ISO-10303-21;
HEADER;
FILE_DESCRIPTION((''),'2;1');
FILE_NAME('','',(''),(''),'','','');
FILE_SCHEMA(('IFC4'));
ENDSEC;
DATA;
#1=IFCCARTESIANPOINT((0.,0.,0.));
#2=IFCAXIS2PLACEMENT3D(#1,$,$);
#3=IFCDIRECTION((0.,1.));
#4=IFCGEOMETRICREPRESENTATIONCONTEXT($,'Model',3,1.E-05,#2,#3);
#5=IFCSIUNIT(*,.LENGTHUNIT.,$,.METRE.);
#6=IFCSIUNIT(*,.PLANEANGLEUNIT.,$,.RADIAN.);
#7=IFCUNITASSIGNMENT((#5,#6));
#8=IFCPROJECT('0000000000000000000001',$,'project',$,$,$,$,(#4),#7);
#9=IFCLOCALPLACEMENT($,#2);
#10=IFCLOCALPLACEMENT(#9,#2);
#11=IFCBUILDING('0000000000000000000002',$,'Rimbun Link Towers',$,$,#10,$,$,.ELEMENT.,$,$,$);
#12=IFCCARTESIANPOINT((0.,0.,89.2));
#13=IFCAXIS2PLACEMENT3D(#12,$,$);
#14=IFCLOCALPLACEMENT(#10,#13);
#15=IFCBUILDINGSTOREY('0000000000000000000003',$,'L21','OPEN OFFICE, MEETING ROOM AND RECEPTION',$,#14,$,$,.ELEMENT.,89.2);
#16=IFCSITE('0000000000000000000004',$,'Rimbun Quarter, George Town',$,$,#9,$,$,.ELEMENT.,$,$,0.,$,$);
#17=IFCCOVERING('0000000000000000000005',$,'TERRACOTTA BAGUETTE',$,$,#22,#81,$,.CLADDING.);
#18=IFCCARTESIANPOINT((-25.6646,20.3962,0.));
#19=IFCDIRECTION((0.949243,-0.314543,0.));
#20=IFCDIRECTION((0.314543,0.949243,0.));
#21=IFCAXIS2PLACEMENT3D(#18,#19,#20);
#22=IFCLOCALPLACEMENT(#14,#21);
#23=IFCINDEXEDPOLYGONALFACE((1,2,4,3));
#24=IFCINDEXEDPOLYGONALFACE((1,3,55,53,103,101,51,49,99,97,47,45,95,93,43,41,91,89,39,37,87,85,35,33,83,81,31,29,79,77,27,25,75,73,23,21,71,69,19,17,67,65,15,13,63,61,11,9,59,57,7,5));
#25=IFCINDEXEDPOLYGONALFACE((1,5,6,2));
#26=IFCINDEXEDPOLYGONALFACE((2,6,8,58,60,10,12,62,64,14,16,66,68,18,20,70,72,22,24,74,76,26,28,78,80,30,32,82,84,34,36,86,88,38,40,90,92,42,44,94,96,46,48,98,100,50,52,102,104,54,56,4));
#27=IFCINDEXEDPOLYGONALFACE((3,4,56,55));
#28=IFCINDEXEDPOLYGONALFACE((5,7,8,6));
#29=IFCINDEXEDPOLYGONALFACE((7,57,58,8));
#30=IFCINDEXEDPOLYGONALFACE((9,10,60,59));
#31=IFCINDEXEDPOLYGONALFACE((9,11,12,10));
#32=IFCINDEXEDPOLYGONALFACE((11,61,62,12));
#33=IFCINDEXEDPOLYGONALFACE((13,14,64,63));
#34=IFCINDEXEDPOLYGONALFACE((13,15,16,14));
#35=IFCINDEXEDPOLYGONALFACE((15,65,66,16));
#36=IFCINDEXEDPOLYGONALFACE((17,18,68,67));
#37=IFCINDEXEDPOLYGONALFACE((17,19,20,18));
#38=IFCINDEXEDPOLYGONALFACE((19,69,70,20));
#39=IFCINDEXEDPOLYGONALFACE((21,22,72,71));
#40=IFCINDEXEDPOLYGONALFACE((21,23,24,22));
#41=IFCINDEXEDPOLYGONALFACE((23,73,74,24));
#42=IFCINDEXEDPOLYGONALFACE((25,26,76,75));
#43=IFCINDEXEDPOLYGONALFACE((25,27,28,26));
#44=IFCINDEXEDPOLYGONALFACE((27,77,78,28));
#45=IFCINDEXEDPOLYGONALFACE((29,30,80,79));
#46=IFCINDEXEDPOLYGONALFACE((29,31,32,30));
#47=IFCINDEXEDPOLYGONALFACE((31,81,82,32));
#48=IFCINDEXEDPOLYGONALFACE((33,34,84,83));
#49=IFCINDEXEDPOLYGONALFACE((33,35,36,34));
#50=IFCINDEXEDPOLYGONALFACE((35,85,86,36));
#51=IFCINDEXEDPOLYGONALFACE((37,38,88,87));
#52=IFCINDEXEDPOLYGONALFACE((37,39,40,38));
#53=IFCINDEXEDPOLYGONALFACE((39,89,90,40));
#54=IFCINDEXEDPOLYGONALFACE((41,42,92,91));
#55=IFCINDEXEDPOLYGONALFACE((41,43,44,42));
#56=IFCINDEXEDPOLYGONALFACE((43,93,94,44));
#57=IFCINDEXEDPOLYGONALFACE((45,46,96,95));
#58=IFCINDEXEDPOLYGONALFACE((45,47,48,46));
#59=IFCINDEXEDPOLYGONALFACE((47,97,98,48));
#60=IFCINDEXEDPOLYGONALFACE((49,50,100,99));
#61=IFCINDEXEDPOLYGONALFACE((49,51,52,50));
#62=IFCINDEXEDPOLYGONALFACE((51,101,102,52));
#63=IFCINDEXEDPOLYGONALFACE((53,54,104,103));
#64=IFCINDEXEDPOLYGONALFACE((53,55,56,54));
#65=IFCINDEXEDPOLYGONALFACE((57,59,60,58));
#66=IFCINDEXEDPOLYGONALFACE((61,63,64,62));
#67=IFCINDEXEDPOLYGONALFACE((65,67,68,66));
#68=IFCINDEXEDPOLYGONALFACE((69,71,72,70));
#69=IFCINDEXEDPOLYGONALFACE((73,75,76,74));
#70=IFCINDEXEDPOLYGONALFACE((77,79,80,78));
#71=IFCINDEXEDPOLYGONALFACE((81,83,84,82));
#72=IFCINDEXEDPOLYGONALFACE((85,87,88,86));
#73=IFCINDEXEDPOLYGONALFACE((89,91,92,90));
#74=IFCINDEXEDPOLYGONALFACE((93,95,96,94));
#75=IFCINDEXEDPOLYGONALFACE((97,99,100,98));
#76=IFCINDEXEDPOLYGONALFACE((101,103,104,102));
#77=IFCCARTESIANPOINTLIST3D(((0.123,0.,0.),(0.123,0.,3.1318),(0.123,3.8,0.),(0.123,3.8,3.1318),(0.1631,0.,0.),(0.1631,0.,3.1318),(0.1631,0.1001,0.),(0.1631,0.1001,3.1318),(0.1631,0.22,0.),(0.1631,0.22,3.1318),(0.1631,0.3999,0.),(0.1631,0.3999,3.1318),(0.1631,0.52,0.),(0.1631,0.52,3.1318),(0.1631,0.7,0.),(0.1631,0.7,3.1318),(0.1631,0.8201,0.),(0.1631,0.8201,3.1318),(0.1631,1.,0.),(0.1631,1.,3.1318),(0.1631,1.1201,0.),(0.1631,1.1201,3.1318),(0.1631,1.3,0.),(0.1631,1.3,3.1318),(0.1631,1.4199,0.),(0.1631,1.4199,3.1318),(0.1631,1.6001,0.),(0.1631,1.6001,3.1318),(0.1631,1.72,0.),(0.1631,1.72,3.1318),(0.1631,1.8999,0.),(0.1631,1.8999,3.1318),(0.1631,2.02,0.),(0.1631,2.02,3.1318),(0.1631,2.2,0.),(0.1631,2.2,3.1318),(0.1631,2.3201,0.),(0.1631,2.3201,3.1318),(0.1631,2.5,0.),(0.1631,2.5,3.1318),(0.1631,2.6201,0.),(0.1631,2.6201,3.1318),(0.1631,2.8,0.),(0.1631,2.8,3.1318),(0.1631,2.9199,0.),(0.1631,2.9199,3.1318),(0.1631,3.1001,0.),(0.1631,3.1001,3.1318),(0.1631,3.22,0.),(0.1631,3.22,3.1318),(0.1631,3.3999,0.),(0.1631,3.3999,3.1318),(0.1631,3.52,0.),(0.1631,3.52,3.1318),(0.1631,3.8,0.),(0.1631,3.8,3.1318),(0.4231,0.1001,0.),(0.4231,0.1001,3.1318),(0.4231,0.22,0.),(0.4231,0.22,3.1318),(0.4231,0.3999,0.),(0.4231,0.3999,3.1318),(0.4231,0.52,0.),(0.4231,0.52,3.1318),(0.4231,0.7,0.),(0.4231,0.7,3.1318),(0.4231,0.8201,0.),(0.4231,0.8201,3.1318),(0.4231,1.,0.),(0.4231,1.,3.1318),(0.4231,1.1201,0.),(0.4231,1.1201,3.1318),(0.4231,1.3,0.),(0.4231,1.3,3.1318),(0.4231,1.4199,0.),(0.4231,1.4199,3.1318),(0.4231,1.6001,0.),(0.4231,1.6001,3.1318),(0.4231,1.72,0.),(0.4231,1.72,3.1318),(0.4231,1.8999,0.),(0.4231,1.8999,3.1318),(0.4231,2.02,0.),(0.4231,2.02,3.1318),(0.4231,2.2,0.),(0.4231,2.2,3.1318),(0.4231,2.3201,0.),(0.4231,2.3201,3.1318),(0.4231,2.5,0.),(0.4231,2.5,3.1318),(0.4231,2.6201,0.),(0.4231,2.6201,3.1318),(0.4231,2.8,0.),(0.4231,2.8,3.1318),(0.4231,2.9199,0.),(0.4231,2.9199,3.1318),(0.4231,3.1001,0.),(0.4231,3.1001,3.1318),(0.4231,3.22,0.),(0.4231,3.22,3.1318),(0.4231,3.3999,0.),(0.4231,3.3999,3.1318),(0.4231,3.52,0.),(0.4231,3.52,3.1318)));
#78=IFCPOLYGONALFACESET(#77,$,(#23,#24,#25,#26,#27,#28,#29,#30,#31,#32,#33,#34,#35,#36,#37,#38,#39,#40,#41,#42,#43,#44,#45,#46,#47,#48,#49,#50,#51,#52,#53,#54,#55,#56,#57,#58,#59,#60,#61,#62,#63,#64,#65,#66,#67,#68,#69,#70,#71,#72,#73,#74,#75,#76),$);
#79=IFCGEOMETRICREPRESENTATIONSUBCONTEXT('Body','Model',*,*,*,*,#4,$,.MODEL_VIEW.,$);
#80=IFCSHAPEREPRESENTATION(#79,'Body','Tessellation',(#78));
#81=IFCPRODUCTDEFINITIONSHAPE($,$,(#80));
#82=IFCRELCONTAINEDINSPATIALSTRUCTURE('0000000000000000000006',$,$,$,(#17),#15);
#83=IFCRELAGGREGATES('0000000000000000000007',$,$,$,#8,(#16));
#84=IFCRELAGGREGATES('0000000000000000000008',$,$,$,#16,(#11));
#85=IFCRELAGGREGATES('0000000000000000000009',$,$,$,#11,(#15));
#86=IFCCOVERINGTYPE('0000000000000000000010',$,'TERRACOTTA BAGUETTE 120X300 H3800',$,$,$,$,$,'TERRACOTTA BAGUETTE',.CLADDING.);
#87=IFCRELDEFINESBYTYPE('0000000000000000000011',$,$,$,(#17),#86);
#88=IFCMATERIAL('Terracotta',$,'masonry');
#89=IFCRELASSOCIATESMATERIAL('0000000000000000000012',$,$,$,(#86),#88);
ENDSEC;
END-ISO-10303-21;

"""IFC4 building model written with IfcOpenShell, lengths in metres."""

from ifc_helpers import new_model, si_unit, direction, frame, origin, place, context, subcontext, project, spatial, polyline, outline, extrude, material, material_profile, profile_set, type_object, element, save


model = new_model("IFC4")

# Units and contexts
model_context = context("Model", 3, precision=1e-05, world=origin(), true_north=direction((0.0, 1.0)))
body_context = subcontext(model_context, "Body", "Model", "MODEL_VIEW")
ifc_project = project(units=[si_unit("LENGTHUNIT", "METRE"), si_unit("PLANEANGLEUNIT", "RADIAN")], contexts=[model_context])

# Site, building, storey
site_placement = place(None, origin())
site = spatial("IfcSite", under=ifc_project, at=site_placement, Name="Rimbun Quarter, George Town", CompositionType="ELEMENT", RefElevation=0.0)
building_placement = place(site_placement, origin())
building = spatial("IfcBuilding", under=site, at=building_placement, Name="Rimbun Link Towers", CompositionType="ELEMENT")
storey_placement = place(building_placement, frame((0.0, 0.0, 89.2)))
storey = spatial("IfcBuildingStorey", under=building, at=storey_placement, Name="L21", Description="OPEN OFFICE, MEETING ROOM AND RECEPTION", CompositionType="ELEMENT", Elevation=89.2)

# Covering
ifc_material_1 = material(Name="Terracotta", Category="masonry")
ifc_material_profile_1 = material_profile(ifc_material_1, outline(polyline([(0.123, 0.0), (0.1631, 0.0), (0.1631, 0.1001), (0.4231, 0.1001), (0.4231, 0.22), (0.1631, 0.22), (0.1631, 0.3999), (0.4231, 0.3999), (0.4231, 0.52), (0.1631, 0.52), (0.1631, 0.7), (0.4231, 0.7), (0.4231, 0.8201), (0.1631, 0.8201), (0.1631, 1.0), (0.4231, 1.0), (0.4231, 1.1201), (0.1631, 1.1201), (0.1631, 1.3), (0.4231, 1.3), (0.4231, 1.4199), (0.1631, 1.4199), (0.1631, 1.6001), (0.4231, 1.6001), (0.4231, 1.72), (0.1631, 1.72), (0.1631, 1.8999), (0.4231, 1.8999), (0.4231, 2.02), (0.1631, 2.02), (0.1631, 2.2), (0.4231, 2.2), (0.4231, 2.3201), (0.1631, 2.3201), (0.1631, 2.5), (0.4231, 2.5), (0.4231, 2.6201), (0.1631, 2.6201), (0.1631, 2.8), (0.4231, 2.8), (0.4231, 2.9199), (0.1631, 2.9199), (0.1631, 3.1001), (0.4231, 3.1001), (0.4231, 3.22), (0.1631, 3.22), (0.1631, 3.3999), (0.4231, 3.3999), (0.4231, 3.52), (0.1631, 3.52), (0.1631, 3.8), (0.123, 3.8), (0.123, 0.0)])), Name="BAGUETTE 120X300")
ifc_profile_set_1 = profile_set([ifc_material_profile_1], Name="Terracotta")
covering_type = type_object("IfcCoveringType", Name="TERRACOTTA BAGUETTE 120X300 H3800", ElementType="TERRACOTTA BAGUETTE", PredefinedType="CLADDING", material=ifc_profile_set_1)
covering_1_placement = place(storey_placement, frame((-25.6646, 20.3962, 0.0), z_axis=(0.949243, -0.314543, 0.0), x_axis=(0.314543, 0.949243, 0.0)))
element("IfcCovering", 1, at=covering_1_placement, inside=storey, type_object=covering_type, Name="TERRACOTTA BAGUETTE", PredefinedType="CLADDING", context=body_context, shape_type="SweptSolid", body=[
    extrude(outline(polyline([(0.123, 0.0), (0.1631, 0.0), (0.1631, 0.1001), (0.4231, 0.1001), (0.4231, 0.22), (0.1631, 0.22), (0.1631, 0.3999), (0.4231, 0.3999), (0.4231, 0.52), (0.1631, 0.52), (0.1631, 0.7), (0.4231, 0.7), (0.4231, 0.8201), (0.1631, 0.8201), (0.1631, 1.0), (0.4231, 1.0), (0.4231, 1.1201), (0.1631, 1.1201), (0.1631, 1.3), (0.4231, 1.3), (0.4231, 1.4199), (0.1631, 1.4199), (0.1631, 1.6001), (0.4231, 1.6001), (0.4231, 1.72), (0.1631, 1.72), (0.1631, 1.8999), (0.4231, 1.8999), (0.4231, 2.02), (0.1631, 2.02), (0.1631, 2.2), (0.4231, 2.2), (0.4231, 2.3201), (0.1631, 2.3201), (0.1631, 2.5), (0.4231, 2.5), (0.4231, 2.6201), (0.1631, 2.6201), (0.1631, 2.8), (0.4231, 2.8), (0.4231, 2.9199), (0.1631, 2.9199), (0.1631, 3.1001), (0.4231, 3.1001), (0.4231, 3.22), (0.1631, 3.22), (0.1631, 3.3999), (0.4231, 3.3999), (0.4231, 3.52), (0.1631, 3.52), (0.1631, 3.8), (0.123, 3.8), (0.123, 0.0)])), origin(), (0.0, 0.0, 1.0), 3.1318),
])

save(model, "model.ifc")
